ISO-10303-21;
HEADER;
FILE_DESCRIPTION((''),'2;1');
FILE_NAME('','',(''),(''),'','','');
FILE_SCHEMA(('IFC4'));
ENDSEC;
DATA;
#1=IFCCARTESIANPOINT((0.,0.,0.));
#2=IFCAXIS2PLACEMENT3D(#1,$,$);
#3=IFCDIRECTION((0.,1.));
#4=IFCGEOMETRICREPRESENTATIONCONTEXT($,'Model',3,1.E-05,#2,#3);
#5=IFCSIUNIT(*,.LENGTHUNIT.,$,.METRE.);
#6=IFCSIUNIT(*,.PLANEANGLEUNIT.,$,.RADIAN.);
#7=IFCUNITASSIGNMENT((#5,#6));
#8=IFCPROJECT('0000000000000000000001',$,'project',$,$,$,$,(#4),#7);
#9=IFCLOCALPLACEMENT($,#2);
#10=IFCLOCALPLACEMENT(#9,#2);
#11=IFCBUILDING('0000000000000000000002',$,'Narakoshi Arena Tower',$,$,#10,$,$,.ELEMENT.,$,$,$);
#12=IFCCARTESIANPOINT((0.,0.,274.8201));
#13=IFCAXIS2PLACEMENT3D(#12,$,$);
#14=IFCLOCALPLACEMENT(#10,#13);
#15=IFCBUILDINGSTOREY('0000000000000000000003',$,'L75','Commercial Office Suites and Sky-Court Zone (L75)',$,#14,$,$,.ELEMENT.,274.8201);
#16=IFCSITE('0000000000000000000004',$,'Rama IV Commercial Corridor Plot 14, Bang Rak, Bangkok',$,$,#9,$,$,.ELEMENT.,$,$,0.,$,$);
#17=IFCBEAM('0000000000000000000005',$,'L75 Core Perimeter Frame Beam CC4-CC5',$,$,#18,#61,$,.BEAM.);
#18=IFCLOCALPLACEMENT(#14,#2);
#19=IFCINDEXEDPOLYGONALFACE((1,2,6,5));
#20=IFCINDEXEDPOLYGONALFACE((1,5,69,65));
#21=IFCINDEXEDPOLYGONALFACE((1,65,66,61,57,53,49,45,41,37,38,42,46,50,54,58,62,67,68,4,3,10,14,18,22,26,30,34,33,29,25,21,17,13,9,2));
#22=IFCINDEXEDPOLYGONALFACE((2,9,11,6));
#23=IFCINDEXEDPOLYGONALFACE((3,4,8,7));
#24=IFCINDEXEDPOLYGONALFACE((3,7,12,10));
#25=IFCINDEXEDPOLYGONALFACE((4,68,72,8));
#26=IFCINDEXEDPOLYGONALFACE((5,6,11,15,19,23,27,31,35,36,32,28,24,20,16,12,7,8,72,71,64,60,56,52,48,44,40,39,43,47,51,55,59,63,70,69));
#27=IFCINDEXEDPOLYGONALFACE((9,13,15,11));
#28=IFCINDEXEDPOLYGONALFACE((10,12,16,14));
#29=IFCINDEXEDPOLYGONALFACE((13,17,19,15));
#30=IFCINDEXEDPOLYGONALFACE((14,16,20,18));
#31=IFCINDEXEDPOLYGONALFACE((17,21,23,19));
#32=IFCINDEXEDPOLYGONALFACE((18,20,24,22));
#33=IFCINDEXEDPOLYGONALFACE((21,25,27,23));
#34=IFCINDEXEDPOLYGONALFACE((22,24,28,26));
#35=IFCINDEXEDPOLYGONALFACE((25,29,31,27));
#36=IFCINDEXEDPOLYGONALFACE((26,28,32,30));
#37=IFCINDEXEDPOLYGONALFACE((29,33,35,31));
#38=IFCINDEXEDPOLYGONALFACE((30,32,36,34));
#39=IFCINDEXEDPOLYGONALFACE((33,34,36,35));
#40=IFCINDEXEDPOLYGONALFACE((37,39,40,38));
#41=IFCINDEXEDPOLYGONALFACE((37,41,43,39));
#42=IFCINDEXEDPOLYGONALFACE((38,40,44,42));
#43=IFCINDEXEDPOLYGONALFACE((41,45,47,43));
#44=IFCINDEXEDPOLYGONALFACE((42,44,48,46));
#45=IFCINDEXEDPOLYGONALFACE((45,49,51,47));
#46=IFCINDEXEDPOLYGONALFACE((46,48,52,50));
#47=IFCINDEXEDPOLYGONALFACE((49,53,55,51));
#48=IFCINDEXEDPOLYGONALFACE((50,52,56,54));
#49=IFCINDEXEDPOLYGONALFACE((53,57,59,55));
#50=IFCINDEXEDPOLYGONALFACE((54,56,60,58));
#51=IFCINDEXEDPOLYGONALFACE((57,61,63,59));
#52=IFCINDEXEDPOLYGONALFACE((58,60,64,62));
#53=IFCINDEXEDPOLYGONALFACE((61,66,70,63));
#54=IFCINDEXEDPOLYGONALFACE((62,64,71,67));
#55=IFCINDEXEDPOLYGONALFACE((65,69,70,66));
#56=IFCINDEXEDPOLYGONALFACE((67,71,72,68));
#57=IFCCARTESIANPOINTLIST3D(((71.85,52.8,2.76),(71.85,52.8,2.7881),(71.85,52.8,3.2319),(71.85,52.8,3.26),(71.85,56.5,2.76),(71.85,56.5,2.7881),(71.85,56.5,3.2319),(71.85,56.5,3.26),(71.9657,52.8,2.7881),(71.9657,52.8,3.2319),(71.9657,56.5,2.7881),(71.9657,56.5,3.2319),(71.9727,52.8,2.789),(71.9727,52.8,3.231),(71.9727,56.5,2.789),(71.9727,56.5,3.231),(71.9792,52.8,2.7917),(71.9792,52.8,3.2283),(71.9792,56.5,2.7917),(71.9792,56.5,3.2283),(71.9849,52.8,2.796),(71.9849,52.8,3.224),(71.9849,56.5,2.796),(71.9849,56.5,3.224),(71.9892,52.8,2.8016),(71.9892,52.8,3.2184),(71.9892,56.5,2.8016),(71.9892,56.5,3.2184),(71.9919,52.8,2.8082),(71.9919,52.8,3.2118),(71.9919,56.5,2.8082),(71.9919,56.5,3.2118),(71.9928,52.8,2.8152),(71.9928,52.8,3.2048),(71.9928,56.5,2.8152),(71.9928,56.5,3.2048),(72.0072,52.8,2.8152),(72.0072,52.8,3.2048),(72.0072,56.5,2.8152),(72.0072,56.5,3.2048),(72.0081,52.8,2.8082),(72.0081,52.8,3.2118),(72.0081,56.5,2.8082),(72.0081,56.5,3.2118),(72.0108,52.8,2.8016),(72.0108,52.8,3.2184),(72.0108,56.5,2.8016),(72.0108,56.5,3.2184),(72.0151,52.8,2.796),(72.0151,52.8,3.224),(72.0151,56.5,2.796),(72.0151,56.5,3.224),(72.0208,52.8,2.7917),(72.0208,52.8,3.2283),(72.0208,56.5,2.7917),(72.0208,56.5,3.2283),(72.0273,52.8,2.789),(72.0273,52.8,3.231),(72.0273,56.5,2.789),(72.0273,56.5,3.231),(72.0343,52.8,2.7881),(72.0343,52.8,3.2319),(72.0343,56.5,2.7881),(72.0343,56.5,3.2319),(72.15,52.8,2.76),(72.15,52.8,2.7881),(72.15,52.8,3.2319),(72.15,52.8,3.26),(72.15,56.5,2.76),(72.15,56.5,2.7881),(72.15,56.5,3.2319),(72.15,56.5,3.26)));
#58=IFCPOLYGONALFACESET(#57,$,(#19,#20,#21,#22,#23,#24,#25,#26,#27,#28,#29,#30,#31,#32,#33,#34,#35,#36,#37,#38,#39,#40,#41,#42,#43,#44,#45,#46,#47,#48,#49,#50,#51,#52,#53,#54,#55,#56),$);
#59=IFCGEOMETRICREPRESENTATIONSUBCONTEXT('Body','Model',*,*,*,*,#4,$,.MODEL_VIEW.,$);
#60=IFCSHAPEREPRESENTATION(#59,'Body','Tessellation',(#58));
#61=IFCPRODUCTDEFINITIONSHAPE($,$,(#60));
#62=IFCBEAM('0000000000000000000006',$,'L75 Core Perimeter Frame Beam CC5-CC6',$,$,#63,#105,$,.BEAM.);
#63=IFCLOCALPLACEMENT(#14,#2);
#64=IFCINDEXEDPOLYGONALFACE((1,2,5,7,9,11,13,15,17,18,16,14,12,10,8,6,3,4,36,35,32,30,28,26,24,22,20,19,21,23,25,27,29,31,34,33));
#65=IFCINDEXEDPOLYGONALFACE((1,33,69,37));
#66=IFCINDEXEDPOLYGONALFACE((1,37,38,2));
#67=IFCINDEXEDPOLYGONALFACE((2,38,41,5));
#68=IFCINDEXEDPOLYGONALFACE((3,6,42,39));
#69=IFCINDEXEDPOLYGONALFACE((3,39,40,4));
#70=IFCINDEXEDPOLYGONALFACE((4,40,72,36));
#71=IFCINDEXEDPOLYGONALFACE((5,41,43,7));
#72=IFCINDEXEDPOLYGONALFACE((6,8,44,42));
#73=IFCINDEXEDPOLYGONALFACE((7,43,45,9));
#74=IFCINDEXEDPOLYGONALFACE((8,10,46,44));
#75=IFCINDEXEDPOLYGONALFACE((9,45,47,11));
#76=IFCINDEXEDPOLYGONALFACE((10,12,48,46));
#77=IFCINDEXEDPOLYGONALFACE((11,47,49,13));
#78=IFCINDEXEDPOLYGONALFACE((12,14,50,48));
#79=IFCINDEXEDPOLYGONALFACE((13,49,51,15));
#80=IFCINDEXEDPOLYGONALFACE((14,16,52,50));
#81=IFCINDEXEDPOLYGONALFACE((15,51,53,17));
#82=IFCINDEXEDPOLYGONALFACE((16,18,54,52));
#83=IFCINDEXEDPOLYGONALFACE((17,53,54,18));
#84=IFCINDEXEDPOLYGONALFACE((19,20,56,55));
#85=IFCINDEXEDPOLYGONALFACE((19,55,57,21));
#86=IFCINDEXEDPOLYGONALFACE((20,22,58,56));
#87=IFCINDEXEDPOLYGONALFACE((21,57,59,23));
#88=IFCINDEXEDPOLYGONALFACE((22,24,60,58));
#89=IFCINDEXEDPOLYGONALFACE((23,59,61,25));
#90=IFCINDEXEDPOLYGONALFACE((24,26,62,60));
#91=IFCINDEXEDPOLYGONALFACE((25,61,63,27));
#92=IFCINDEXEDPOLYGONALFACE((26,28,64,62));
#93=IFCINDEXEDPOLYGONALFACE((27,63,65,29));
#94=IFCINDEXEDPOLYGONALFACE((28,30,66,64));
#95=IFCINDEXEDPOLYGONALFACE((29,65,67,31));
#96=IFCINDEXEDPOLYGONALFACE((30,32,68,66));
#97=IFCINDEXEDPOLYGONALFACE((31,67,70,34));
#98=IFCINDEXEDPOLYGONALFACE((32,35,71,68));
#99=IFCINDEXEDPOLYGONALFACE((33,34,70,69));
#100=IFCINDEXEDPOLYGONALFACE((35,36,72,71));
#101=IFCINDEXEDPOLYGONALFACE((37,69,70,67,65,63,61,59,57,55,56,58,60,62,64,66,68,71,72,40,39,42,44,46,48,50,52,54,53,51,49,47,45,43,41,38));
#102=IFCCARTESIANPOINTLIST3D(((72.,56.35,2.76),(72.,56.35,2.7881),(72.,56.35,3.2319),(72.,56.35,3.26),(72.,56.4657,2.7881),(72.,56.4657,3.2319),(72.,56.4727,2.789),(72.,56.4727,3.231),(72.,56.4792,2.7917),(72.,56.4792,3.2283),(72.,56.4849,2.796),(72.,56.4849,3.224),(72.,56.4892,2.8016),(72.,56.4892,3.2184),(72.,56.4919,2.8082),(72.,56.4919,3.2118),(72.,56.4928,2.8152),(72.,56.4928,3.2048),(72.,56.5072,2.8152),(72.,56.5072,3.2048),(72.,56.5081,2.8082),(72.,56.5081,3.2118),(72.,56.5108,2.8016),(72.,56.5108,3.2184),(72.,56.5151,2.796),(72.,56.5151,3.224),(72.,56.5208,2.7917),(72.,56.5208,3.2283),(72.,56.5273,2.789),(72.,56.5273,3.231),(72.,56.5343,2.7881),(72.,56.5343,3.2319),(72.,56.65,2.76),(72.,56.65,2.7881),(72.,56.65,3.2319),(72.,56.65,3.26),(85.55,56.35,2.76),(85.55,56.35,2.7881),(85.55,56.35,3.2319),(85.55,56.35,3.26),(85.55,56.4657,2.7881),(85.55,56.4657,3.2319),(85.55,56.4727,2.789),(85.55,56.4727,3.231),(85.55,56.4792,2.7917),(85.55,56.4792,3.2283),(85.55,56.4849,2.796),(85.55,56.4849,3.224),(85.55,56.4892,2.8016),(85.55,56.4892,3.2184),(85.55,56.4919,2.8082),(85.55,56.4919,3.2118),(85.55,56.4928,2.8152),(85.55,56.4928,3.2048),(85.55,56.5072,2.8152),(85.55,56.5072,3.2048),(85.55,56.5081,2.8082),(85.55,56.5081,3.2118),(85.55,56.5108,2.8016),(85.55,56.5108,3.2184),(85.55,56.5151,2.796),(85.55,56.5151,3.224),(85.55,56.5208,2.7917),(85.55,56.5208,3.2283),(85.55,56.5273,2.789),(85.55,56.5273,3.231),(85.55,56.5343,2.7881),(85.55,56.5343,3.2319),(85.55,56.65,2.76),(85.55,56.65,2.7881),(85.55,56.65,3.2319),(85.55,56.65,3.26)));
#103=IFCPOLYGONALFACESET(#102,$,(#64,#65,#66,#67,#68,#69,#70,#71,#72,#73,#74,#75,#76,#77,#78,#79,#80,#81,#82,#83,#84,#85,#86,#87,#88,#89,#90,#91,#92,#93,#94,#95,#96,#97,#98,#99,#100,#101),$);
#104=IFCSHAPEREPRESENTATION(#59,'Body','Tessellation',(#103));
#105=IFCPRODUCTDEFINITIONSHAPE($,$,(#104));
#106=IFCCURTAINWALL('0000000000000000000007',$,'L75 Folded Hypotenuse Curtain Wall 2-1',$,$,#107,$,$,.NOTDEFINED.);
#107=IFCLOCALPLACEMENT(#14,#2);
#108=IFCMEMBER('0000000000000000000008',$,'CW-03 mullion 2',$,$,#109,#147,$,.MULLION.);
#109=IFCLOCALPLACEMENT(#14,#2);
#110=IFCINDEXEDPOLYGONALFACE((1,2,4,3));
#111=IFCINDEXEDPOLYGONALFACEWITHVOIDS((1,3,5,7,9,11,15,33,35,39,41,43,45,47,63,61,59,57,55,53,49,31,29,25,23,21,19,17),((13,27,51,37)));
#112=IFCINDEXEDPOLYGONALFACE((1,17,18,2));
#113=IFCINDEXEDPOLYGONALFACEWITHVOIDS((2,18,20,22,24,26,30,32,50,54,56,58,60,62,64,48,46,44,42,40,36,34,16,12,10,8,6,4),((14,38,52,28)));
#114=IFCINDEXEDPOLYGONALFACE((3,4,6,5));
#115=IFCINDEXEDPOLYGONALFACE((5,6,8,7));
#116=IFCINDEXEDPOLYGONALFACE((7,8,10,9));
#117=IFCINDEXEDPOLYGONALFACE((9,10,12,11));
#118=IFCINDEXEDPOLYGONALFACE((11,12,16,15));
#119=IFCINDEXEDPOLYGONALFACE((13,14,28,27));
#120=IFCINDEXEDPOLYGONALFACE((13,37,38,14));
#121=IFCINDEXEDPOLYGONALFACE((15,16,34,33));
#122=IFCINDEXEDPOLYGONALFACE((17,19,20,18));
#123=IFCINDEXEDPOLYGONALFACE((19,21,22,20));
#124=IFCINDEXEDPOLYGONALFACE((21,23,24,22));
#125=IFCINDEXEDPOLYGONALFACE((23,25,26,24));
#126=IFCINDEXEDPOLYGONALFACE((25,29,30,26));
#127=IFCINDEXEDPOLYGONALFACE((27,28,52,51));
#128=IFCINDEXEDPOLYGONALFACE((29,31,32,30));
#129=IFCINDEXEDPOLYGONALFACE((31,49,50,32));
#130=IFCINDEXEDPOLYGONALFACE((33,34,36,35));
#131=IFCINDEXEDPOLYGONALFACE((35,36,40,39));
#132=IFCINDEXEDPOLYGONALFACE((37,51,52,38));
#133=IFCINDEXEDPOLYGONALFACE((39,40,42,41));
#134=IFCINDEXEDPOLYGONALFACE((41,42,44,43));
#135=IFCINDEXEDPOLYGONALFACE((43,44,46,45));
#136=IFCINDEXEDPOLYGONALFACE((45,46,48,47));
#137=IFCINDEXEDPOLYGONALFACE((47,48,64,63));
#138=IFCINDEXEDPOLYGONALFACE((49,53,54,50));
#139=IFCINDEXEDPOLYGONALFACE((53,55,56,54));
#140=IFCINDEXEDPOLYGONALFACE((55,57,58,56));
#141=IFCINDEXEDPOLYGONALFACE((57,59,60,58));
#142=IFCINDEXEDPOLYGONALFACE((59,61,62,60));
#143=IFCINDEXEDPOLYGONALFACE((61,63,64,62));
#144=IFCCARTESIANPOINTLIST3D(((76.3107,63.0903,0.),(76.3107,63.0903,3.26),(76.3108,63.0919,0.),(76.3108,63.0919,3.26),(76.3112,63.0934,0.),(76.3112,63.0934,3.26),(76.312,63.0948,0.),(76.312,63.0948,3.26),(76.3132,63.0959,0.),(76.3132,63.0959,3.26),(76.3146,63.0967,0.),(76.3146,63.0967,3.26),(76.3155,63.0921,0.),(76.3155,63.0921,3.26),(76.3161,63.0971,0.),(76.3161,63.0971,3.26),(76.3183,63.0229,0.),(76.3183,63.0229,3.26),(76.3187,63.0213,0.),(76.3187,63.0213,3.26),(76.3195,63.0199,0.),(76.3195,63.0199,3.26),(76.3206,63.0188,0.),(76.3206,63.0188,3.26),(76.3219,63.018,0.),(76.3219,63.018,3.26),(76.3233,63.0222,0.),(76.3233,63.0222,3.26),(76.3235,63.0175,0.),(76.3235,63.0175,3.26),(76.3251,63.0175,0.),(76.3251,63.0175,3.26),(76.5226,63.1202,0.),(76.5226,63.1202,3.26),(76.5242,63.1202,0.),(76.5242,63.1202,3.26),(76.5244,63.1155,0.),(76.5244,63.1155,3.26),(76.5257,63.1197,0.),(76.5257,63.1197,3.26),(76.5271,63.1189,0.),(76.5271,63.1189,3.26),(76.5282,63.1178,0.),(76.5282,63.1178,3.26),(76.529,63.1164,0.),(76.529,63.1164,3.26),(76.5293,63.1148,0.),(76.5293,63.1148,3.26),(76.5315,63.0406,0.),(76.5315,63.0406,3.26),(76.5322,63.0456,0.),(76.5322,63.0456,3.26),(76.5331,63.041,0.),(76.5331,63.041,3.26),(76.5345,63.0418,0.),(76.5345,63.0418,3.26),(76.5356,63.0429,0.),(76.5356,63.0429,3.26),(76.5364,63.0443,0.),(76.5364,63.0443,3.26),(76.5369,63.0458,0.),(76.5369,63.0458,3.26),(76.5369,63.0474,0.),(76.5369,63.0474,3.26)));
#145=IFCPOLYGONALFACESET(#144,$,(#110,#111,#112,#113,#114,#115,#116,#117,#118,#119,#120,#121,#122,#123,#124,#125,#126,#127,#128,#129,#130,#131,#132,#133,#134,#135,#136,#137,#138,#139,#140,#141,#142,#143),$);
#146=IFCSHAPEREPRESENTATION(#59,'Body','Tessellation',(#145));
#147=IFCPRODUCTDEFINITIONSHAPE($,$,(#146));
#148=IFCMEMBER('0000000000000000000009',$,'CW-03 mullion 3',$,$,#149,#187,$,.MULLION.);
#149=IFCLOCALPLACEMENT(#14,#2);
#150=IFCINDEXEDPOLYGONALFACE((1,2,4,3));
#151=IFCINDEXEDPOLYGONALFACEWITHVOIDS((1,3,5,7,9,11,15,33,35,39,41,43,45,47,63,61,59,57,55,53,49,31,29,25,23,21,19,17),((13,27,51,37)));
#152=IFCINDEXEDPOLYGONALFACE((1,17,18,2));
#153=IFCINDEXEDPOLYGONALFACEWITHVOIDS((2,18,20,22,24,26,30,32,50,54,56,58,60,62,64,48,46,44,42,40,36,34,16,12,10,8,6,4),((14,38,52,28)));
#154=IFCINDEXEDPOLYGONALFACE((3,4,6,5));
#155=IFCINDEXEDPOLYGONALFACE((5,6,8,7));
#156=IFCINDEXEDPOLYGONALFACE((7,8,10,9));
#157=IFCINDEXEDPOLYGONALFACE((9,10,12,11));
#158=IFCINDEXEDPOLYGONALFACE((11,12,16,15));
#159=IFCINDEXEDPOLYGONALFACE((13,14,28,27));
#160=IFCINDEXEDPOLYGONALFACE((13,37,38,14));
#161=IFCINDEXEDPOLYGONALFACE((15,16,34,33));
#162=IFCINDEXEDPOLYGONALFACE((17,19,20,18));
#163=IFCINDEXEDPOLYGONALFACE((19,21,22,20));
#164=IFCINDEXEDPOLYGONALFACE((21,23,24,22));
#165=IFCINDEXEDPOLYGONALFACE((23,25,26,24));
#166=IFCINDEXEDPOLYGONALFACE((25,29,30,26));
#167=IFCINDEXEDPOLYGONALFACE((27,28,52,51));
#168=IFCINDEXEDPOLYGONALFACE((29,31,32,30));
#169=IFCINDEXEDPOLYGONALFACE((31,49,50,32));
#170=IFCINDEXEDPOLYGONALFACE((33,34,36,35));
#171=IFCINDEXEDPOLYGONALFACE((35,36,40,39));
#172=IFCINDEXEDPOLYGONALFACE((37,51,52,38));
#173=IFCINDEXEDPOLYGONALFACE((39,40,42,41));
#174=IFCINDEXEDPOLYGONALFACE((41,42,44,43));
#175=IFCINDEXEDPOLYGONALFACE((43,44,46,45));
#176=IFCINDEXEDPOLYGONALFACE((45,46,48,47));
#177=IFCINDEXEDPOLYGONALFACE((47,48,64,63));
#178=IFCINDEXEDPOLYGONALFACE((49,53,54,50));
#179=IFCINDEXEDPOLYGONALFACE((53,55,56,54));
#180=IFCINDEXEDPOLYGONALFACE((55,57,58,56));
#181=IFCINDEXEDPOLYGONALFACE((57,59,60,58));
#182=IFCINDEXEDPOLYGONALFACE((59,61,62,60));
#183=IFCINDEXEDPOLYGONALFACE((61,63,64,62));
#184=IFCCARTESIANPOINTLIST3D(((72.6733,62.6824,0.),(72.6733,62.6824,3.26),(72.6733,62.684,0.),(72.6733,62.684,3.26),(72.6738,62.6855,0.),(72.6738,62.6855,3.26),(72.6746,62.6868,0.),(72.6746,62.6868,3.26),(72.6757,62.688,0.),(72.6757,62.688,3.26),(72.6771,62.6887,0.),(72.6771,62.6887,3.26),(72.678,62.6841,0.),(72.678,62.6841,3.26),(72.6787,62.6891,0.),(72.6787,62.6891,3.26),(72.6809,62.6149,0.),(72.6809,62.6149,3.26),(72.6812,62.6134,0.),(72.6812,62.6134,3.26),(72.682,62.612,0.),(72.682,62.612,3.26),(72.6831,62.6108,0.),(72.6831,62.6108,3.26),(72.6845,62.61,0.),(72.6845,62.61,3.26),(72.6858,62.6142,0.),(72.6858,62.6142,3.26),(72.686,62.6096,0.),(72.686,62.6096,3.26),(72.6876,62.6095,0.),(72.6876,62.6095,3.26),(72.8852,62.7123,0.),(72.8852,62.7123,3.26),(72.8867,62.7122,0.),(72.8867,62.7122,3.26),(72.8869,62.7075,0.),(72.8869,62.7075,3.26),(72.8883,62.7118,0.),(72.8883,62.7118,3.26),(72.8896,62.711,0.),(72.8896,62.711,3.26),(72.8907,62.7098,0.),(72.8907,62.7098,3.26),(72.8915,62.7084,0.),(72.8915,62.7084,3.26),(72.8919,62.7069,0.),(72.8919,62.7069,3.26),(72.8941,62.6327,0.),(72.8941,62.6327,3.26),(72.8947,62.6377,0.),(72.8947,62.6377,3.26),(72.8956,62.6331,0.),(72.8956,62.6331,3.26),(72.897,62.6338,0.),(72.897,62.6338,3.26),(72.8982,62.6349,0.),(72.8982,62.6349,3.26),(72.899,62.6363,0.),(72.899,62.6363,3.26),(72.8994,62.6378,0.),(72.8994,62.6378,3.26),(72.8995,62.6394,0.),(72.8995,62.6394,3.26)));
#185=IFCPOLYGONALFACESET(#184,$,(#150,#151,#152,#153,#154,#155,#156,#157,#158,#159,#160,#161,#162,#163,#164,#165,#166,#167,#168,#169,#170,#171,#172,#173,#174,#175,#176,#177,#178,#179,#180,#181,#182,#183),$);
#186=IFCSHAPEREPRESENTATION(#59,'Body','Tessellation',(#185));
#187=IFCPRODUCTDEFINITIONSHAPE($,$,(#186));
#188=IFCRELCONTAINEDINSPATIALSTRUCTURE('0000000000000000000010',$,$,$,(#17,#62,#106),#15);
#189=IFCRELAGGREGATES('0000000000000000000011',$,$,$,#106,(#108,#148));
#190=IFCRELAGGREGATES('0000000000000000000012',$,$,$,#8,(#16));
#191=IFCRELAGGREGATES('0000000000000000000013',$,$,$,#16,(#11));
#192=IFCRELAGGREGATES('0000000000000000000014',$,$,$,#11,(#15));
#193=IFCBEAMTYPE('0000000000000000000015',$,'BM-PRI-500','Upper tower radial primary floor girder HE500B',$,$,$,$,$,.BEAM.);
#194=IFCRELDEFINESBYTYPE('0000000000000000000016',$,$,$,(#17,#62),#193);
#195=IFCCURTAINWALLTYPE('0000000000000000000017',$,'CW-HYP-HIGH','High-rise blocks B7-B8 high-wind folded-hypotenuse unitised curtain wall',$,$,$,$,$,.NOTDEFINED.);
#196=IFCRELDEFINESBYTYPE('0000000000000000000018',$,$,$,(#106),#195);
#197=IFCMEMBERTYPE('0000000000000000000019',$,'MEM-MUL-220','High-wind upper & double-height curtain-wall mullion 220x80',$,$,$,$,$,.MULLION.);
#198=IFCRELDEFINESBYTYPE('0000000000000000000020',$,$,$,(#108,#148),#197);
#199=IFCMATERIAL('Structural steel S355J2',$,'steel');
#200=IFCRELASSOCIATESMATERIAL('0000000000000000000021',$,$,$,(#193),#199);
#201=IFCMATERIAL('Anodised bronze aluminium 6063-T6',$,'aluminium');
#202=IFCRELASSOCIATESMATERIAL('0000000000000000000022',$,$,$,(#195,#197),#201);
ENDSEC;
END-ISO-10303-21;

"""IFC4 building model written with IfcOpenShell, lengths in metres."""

from ifc_helpers import new_model, si_unit, direction, frame, origin, origin_2d, place, context, subcontext, project, spatial, hollow_rectangle, i_section, extrude, material, material_profile, profile_set, type_object, element, aggregate, save


model = new_model("IFC4")

# Units and contexts
model_context = context("Model", 3, precision=1e-05, world=origin(), true_north=direction((0.0, 1.0)))
body_context = subcontext(model_context, "Body", "Model", "MODEL_VIEW")
ifc_project = project(units=[si_unit("LENGTHUNIT", "METRE"), si_unit("PLANEANGLEUNIT", "RADIAN")], contexts=[model_context])

# Site, building, storey
site_placement = place(None, origin())
site = spatial("IfcSite", under=ifc_project, at=site_placement, Name="Rama IV Commercial Corridor Plot 14, Bang Rak, Bangkok", CompositionType="ELEMENT", RefElevation=0.0)
building_placement = place(site_placement, origin())
building = spatial("IfcBuilding", under=site, at=building_placement, Name="Narakoshi Arena Tower", CompositionType="ELEMENT")
storey_placement = place(building_placement, frame((0.0, 0.0, 274.8201)))
storey = spatial("IfcBuildingStorey", under=building, at=storey_placement, Name="L75", Description="Commercial Office Suites and Sky-Court Zone (L75)", CompositionType="ELEMENT", Elevation=274.8201)

# Beams
ifc_material_1 = material(Name="Structural steel S355J2", Category="steel")
ifc_material_profile_1 = material_profile(ifc_material_1, i_section(OverallWidth=0.3, OverallDepth=0.5, WebThickness=0.0144, FlangeThickness=0.0281, FilletRadius=0.0271, at=origin_2d()), Name="HE500B")
ifc_profile_set_1 = profile_set([ifc_material_profile_1], Name="Structural steel S355J2")
beam_type = type_object("IfcBeamType", Name="BM-PRI-500", Description="Upper tower radial primary floor girder HE500B", PredefinedType="BEAM", material=ifc_profile_set_1)
beam_1_placement = place(storey_placement, frame((72.0, 52.8, 3.01), z_axis=(0.0, 1.0, 0.0), x_axis=(-1.0, 0.0, 0.0)))
element("IfcBeam", 1, at=beam_1_placement, inside=storey, type_object=beam_type, Name="L75 Core Perimeter Frame Beam CC4-CC5", PredefinedType="BEAM", context=body_context, shape_type="SweptSolid", body=[
    extrude(i_section(OverallWidth=0.3, OverallDepth=0.5, WebThickness=0.0144, FlangeThickness=0.0281, FilletRadius=0.0271, at=origin_2d()), origin(), (0.0, 0.0, 1.0), 3.7),
])
beam_2_placement = place(storey_placement, frame((72.0, 56.5, 3.01), z_axis=(1.0, 0.0, 0.0), x_axis=(0.0, 1.0, 0.0)))
element("IfcBeam", 2, at=beam_2_placement, inside=storey, type_object=beam_type, Name="L75 Core Perimeter Frame Beam CC5-CC6", PredefinedType="BEAM", context=body_context, shape_type="SweptSolid", body=[
    extrude(i_section(OverallWidth=0.3, OverallDepth=0.5, WebThickness=0.0144, FlangeThickness=0.0281, FilletRadius=0.0271, at=origin_2d()), origin(), (0.0, 0.0, 1.0), 13.55),
])

# Curtain wall, members
ifc_material_2 = material(Name="Anodised bronze aluminium 6063-T6", Category="aluminium")
curtain_wall_type = type_object("IfcCurtainWallType", Name="CW-HYP-HIGH", Description="High-rise blocks B7-B8 high-wind folded-hypotenuse unitised curtain wall", PredefinedType="NOTDEFINED", material=ifc_material_2)
curtain_wall_placement = place(storey_placement, origin())
curtain_wall = element("IfcCurtainWall", 3, at=curtain_wall_placement, inside=storey, type_object=curtain_wall_type, Name="L75 Folded Hypotenuse Curtain Wall 2-1", PredefinedType="NOTDEFINED")
ifc_material_profile_2 = material_profile(ifc_material_2, hollow_rectangle(XDim=0.0801, YDim=0.22, WallThickness=0.0049, OuterFilletRadius=0.0061, at=origin_2d()), Name="MUL220x80x5")
ifc_profile_set_2 = profile_set([ifc_material_profile_2], Name="Anodised bronze aluminium 6063-T6")
member_type_1 = type_object("IfcMemberType", Name="MEM-MUL-220", Description="High-wind upper & double-height curtain-wall mullion 220x80", PredefinedType="MULLION", material=ifc_profile_set_2)
member_1_placement = place(storey_placement, frame((76.4238, 63.0688, 0.0), z_axis=(0.0, 0.0, 1.0), x_axis=(0.111396, -0.993776, 0.0)))
member_1 = element("IfcMember", 4, at=member_1_placement, type_object=member_type_1, Name="CW-03 mullion 2", PredefinedType="MULLION", context=body_context, shape_type="SweptSolid", body=[
    extrude(hollow_rectangle(XDim=0.0801, YDim=0.22, WallThickness=0.0049, OuterFilletRadius=0.0061, at=origin_2d()), origin(), (0.0, 0.0, 1.0), 3.26),
])
member_2_placement = place(storey_placement, frame((72.7864, 62.6609, 0.0), z_axis=(0.0, 0.0, 1.0), x_axis=(0.111396, -0.993776, 0.0)))
member_2 = element("IfcMember", 5, at=member_2_placement, type_object=member_type_1, Name="CW-03 mullion 3", PredefinedType="MULLION", context=body_context, shape_type="SweptSolid", body=[
    extrude(hollow_rectangle(XDim=0.0801, YDim=0.22, WallThickness=0.0049, OuterFilletRadius=0.0061, at=origin_2d()), origin(), (0.0, 0.0, 1.0), 3.26),
])
aggregate(curtain_wall, [member_1, member_2])

save(model, "model.ifc")
